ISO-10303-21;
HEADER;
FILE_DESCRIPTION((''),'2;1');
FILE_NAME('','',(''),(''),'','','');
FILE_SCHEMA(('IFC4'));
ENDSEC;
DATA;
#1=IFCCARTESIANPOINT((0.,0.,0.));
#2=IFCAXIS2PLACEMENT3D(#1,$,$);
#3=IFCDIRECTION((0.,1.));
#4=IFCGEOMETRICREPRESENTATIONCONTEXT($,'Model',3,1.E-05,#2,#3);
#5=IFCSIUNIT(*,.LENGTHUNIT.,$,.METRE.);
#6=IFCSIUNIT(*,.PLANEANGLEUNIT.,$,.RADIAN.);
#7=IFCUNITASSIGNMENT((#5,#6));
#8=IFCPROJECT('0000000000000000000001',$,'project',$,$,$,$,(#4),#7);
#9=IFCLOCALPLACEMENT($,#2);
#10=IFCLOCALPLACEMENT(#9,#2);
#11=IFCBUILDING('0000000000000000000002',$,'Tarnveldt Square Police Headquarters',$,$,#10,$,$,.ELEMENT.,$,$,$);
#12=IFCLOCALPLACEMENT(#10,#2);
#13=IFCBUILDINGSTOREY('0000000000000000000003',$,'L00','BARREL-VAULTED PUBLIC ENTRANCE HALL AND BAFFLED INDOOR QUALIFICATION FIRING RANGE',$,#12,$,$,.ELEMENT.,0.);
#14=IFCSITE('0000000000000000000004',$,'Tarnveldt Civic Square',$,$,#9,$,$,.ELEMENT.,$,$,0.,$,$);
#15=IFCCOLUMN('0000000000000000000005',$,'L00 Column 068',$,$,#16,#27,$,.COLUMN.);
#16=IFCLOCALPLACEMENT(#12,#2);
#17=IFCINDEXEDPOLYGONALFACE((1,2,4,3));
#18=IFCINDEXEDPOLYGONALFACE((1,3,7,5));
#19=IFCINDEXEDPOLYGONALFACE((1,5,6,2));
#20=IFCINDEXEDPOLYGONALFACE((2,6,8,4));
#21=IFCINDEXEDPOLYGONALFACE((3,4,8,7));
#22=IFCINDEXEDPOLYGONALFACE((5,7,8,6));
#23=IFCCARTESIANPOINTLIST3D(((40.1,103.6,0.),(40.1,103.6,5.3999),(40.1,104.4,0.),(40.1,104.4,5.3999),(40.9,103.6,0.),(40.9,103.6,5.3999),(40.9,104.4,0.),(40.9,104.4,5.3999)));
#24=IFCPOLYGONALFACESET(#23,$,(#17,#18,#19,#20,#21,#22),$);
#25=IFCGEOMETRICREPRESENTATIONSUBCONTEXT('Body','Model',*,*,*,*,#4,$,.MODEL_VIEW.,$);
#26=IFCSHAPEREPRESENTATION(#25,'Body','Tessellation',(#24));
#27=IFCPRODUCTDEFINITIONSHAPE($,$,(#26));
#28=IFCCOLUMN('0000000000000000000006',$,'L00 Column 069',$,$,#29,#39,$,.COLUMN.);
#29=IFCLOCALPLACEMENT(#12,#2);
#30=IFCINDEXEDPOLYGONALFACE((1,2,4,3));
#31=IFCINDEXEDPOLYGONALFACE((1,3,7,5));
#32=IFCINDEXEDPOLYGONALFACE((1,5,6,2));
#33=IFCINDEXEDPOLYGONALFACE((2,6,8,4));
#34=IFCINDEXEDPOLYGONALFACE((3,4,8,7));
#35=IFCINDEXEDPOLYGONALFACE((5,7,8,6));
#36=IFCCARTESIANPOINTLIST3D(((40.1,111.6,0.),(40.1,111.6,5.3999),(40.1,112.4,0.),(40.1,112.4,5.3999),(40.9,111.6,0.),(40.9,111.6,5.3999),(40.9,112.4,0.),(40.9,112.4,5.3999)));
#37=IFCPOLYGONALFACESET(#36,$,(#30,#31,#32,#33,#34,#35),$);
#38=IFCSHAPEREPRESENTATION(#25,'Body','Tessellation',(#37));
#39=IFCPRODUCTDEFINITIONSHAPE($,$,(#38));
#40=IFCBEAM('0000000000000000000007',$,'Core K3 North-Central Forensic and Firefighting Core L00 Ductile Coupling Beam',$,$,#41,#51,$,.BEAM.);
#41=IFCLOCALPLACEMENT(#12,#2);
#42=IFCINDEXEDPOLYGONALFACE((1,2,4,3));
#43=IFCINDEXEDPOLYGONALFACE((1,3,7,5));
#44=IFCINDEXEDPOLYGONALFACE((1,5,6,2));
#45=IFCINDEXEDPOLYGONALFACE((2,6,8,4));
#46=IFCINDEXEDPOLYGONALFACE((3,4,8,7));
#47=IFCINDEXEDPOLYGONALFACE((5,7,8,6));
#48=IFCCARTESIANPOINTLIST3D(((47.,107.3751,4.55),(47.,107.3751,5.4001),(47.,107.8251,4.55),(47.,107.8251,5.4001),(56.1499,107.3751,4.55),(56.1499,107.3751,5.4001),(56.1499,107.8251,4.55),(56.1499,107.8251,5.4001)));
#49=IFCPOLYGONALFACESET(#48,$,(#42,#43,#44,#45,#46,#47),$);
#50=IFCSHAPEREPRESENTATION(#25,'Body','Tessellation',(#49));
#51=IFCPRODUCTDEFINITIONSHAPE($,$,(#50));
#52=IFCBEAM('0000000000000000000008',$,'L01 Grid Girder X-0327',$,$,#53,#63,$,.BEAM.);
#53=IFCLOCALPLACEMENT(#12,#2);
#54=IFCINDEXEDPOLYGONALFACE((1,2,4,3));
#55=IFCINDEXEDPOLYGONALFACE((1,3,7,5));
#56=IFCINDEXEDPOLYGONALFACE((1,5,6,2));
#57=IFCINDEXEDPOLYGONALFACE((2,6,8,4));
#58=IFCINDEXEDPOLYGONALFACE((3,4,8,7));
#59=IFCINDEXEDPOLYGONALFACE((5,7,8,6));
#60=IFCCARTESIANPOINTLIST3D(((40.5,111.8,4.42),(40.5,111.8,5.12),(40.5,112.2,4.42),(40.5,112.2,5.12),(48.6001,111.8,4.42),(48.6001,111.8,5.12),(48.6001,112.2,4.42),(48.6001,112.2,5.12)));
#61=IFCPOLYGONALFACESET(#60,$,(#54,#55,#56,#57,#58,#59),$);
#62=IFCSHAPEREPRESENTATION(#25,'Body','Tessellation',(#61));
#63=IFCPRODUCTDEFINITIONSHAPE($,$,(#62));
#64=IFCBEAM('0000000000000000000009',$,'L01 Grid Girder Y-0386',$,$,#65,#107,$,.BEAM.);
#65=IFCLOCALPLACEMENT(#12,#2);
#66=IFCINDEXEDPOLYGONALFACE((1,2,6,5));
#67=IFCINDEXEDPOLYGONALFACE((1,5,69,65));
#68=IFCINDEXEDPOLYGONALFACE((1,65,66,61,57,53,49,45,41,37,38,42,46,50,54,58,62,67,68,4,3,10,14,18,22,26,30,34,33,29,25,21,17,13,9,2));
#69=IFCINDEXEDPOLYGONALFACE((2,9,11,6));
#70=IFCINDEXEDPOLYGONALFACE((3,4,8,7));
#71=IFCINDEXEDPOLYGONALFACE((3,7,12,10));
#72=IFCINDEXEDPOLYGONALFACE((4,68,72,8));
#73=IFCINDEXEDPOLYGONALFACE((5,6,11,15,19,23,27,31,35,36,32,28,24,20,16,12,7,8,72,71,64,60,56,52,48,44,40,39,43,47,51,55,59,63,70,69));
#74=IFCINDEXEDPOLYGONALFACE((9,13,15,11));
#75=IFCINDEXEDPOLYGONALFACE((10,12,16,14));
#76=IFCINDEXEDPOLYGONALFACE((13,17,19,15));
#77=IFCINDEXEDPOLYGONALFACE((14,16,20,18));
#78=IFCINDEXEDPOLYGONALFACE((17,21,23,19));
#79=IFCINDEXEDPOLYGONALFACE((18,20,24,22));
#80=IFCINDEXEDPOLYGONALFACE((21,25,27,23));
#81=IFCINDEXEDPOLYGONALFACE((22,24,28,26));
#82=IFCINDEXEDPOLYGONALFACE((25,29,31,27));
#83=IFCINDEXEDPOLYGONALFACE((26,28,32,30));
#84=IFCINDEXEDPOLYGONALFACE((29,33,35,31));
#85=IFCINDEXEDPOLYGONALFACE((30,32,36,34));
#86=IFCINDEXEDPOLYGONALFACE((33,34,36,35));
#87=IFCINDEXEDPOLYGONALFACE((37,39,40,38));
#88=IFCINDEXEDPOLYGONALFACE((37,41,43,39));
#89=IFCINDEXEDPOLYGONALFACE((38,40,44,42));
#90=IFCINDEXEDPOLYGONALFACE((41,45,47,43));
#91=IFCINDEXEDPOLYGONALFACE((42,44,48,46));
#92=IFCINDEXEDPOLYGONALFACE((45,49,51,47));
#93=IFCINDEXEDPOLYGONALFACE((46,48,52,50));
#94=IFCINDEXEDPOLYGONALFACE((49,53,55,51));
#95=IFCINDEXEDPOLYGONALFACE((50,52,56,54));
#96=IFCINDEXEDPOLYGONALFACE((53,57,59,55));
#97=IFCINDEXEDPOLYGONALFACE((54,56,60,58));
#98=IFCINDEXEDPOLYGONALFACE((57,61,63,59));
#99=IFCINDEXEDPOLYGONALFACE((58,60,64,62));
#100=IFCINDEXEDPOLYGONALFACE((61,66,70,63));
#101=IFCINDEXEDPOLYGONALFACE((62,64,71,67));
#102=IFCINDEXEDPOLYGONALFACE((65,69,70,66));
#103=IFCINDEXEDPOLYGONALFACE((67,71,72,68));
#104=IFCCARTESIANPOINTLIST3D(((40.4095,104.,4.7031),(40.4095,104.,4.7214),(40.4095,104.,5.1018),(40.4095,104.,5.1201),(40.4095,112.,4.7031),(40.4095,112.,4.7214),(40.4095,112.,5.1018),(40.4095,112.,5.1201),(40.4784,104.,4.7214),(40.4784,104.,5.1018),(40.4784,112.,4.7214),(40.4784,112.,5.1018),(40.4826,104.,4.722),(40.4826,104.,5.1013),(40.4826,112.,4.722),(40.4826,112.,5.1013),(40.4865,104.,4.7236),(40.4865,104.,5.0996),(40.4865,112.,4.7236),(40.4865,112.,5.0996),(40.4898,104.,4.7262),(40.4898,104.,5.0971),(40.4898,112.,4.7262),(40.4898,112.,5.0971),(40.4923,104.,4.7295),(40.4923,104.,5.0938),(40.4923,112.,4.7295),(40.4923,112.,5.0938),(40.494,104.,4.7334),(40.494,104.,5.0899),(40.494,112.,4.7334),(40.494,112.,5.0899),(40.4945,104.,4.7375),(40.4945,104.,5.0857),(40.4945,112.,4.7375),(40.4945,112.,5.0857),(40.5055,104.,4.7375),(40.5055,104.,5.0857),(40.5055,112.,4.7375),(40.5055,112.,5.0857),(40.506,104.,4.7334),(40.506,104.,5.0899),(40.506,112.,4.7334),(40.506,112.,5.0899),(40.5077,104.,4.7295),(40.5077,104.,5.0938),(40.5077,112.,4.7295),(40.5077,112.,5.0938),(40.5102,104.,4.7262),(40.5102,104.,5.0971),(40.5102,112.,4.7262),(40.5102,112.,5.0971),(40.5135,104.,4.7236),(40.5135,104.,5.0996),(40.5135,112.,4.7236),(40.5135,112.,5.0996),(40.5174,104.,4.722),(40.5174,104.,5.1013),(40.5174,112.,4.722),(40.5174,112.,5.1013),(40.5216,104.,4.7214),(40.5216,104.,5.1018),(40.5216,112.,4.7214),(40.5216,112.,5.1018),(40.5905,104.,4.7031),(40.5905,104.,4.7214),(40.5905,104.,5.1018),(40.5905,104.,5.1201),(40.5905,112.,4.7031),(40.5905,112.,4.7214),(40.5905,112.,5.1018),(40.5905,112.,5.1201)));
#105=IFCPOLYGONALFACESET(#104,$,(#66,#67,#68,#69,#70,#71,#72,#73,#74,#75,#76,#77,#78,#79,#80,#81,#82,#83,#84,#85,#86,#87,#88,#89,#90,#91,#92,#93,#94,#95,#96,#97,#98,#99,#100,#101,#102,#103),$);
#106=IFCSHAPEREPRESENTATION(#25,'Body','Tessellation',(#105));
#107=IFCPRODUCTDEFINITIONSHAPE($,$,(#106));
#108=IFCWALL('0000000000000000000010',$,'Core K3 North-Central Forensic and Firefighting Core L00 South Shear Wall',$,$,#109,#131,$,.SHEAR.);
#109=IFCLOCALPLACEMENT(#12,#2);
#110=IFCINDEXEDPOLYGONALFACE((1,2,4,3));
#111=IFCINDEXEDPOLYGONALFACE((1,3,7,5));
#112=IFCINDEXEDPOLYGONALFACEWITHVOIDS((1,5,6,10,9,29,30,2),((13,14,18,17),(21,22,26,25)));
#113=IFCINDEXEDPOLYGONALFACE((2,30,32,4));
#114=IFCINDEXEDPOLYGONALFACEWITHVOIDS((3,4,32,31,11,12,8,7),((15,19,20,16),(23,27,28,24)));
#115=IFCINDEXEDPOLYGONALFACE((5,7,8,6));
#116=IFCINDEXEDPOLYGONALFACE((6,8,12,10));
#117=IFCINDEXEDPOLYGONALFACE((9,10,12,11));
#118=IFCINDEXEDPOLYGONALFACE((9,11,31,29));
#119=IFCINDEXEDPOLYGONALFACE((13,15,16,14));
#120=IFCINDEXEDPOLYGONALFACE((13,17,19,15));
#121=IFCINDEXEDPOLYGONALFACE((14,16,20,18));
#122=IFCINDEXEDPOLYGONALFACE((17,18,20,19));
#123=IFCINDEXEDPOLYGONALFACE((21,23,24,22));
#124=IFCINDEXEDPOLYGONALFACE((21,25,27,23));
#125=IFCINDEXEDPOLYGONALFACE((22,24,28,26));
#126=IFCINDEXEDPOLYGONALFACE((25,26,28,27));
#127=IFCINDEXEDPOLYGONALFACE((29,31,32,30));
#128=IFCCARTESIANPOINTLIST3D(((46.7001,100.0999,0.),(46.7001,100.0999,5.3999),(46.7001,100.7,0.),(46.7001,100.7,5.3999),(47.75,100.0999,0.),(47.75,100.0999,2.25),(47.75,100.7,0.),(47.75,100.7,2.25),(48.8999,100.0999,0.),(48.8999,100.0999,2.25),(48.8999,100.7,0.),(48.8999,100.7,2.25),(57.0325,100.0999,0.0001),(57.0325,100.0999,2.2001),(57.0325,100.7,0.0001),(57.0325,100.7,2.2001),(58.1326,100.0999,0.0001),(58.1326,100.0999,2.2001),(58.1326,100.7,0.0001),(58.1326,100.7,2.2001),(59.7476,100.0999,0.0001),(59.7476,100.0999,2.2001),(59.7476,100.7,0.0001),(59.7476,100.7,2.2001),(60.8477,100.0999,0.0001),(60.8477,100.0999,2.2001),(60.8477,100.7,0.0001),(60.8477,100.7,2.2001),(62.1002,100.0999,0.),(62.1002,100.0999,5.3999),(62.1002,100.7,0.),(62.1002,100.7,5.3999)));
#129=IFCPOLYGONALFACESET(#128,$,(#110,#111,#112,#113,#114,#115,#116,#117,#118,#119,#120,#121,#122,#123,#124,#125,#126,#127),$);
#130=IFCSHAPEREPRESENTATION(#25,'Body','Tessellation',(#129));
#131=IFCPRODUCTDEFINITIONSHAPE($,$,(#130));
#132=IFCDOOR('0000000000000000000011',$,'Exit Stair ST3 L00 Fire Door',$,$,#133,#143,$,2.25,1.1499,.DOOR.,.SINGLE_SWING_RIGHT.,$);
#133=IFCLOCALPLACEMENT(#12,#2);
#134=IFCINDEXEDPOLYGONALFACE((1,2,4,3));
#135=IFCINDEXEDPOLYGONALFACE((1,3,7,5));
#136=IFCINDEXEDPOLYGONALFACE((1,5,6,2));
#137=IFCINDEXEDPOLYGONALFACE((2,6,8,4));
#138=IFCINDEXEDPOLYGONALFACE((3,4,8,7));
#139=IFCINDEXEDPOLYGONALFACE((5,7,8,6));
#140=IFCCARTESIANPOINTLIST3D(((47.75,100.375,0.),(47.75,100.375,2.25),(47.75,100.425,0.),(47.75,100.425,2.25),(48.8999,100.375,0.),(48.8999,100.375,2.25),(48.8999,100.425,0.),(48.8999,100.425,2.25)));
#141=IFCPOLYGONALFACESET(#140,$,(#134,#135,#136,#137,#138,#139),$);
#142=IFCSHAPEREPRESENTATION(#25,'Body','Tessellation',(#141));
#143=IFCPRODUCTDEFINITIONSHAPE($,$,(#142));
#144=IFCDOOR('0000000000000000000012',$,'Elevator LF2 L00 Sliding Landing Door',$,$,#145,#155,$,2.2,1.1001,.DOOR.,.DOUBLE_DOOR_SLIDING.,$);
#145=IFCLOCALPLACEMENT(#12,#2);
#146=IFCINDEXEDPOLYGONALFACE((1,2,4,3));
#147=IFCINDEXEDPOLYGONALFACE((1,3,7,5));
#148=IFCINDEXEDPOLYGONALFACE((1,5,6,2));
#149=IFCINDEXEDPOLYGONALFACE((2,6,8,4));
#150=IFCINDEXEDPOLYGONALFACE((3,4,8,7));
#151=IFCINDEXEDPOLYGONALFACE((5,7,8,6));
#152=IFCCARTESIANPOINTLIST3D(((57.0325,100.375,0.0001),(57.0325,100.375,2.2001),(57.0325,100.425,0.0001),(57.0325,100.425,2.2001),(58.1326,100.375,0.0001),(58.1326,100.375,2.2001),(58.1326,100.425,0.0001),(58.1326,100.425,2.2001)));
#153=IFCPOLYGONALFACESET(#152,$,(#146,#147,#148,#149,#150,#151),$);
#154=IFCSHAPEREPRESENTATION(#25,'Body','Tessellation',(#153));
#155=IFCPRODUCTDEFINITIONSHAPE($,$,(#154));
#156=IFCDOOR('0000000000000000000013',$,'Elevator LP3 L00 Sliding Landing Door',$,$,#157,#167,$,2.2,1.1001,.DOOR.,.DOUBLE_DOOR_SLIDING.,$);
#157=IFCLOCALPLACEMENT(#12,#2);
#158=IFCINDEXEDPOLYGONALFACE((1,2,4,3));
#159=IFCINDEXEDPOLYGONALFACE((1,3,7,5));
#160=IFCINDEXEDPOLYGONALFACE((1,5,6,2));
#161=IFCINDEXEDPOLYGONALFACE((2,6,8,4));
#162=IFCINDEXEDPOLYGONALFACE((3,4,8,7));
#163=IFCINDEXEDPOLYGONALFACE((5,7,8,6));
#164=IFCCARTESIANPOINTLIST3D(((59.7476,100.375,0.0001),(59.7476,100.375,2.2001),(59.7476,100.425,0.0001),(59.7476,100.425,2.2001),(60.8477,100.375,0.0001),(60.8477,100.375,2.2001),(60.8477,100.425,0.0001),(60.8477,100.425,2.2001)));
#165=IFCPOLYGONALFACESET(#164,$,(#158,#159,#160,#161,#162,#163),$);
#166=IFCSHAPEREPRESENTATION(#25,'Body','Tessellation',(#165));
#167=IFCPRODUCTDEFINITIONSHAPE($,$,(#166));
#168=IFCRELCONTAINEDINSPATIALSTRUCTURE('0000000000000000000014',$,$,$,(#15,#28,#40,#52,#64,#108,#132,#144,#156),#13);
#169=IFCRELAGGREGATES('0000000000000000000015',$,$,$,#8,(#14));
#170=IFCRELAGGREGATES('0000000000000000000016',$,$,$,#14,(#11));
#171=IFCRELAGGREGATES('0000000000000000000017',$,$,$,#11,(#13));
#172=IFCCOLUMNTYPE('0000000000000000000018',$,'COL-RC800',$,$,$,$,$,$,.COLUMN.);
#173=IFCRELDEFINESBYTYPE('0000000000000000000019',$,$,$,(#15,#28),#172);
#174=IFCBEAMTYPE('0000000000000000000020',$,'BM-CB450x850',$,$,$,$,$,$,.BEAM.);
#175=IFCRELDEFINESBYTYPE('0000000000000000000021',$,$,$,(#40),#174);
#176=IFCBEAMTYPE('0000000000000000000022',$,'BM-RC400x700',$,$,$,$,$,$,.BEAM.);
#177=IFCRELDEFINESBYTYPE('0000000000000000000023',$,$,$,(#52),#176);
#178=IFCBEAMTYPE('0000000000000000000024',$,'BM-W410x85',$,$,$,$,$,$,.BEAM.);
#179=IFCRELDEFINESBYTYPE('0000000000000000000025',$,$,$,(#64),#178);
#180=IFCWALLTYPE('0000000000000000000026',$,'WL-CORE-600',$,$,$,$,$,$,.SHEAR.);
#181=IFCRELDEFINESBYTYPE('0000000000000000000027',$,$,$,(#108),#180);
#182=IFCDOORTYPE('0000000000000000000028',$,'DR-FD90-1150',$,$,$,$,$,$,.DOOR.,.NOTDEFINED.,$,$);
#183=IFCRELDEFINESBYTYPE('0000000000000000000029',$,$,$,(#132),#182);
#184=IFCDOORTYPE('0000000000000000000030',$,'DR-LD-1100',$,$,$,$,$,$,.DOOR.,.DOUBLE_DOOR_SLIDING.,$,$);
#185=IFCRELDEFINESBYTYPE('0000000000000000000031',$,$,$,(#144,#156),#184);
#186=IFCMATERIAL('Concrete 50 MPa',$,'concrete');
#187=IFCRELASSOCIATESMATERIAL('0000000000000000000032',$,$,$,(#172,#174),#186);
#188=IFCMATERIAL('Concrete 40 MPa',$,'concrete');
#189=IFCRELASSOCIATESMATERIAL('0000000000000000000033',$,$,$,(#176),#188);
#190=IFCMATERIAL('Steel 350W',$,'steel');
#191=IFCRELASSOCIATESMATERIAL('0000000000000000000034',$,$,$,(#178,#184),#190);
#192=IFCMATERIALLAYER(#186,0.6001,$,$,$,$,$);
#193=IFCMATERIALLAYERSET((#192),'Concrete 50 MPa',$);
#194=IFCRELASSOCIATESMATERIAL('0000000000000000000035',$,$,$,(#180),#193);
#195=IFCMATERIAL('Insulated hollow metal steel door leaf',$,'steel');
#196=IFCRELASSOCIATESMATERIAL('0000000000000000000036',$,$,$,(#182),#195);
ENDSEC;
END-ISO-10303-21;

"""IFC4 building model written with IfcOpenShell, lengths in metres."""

from ifc_helpers import new_model, si_unit, direction, frame, frame_2d, origin, origin_2d, place, context, subcontext, project, spatial, rectangle, i_section, extrude, material, layer, layer_set, material_profile, profile_set, type_object, element, fill, save


model = new_model("IFC4")

# Units and contexts
model_context = context("Model", 3, precision=1e-05, world=origin(), true_north=direction((0.0, 1.0)))
body_context = subcontext(model_context, "Body", "Model", "MODEL_VIEW")
ifc_project = project(units=[si_unit("LENGTHUNIT", "METRE"), si_unit("PLANEANGLEUNIT", "RADIAN")], contexts=[model_context])

# Site, building, storey
site_placement = place(None, origin())
site = spatial("IfcSite", under=ifc_project, at=site_placement, Name="Tarnveldt Civic Square", CompositionType="ELEMENT", RefElevation=0.0)
building_placement = place(site_placement, origin())
building = spatial("IfcBuilding", under=site, at=building_placement, Name="Tarnveldt Square Police Headquarters", CompositionType="ELEMENT")
storey_placement = place(building_placement, origin())
storey = spatial("IfcBuildingStorey", under=building, at=storey_placement, Name="L00", Description="BARREL-VAULTED PUBLIC ENTRANCE HALL AND BAFFLED INDOOR QUALIFICATION FIRING RANGE", CompositionType="ELEMENT", Elevation=0.0)

# Columns
ifc_material_1 = material(Name="Concrete 50 MPa", Category="concrete")
ifc_material_profile_1 = material_profile(ifc_material_1, rectangle(XDim=0.8, YDim=0.8, at=origin_2d()), Name="RC-C800x800")
ifc_profile_set_1 = profile_set([ifc_material_profile_1], Name="Concrete 50 MPa")
column_type = type_object("IfcColumnType", Name="COL-RC800", PredefinedType="COLUMN", material=ifc_profile_set_1)
for number, where, z_axis, x_axis, name in (
    (1, (40.5, 104.0, 0.0), (0.0, 0.0, 1.0), (1.0, 0.0, 0.0), "L00 Column 068"),
    (2, (40.5, 112.0, 0.0), (0.0, 0.0, 1.0), (1.0, 0.0, 0.0), "L00 Column 069"),
):
    element("IfcColumn", number, at=place(storey_placement, frame(where, z_axis=z_axis, x_axis=x_axis)), inside=storey, type_object=column_type, Name=name, PredefinedType="COLUMN", context=body_context, shape_type="SweptSolid", body=[
        extrude(rectangle(XDim=0.8, YDim=0.8, at=origin_2d()), origin(), (0.0, 0.0, 1.0), 5.3999),
    ])

# Beams
ifc_material_profile_2 = material_profile(ifc_material_1, rectangle(XDim=0.45, YDim=0.8501, at=origin_2d()), Name="RC-CB450x850")
ifc_profile_set_2 = profile_set([ifc_material_profile_2], Name="Concrete 50 MPa")
beam_type_1 = type_object("IfcBeamType", Name="BM-CB450x850", PredefinedType="BEAM", material=ifc_profile_set_2)
beam_1_placement = place(storey_placement, frame((47.0, 107.6001, 4.9751), z_axis=(1.0, 0.0, 0.0), x_axis=(0.0, 1.0, 0.0)))
element("IfcBeam", 3, at=beam_1_placement, inside=storey, type_object=beam_type_1, Name="Core K3 North-Central Forensic and Firefighting Core L00 Ductile Coupling Beam", PredefinedType="BEAM", context=body_context, shape_type="SweptSolid", body=[
    extrude(rectangle(XDim=0.45, YDim=0.8501, at=origin_2d()), origin(), (0.0, 0.0, 1.0), 9.1499),
])
ifc_material_2 = material(Name="Concrete 40 MPa", Category="concrete")
ifc_material_profile_3 = material_profile(ifc_material_2, rectangle(XDim=0.3999, YDim=0.7, at=origin_2d()), Name="RC-B400x700")
ifc_profile_set_3 = profile_set([ifc_material_profile_3], Name="Concrete 40 MPa")
beam_type_2 = type_object("IfcBeamType", Name="BM-RC400x700", PredefinedType="BEAM", material=ifc_profile_set_3)
beam_2_placement = place(storey_placement, frame((40.5, 112.0, 4.77), z_axis=(1.0, 0.0, 0.0), x_axis=(0.0, 1.0, 0.0)))
element("IfcBeam", 4, at=beam_2_placement, inside=storey, type_object=beam_type_2, Name="L01 Grid Girder X-0327", PredefinedType="BEAM", context=body_context, shape_type="SweptSolid", body=[
    extrude(rectangle(XDim=0.3999, YDim=0.7, at=origin_2d()), origin(), (0.0, 0.0, 1.0), 8.1001),
])
ifc_material_3 = material(Name="Steel 350W", Category="steel")
ifc_material_profile_4 = material_profile(ifc_material_3, i_section(OverallWidth=0.1809, OverallDepth=0.417, WebThickness=0.011, FlangeThickness=0.0183, FilletRadius=0.0161, at=origin_2d()), Name="W410x85")
ifc_profile_set_4 = profile_set([ifc_material_profile_4], Name="Steel 350W")
beam_type_3 = type_object("IfcBeamType", Name="BM-W410x85", PredefinedType="BEAM", material=ifc_profile_set_4)
beam_3_placement = place(storey_placement, frame((40.5, 104.0, 4.9116), z_axis=(0.0, 1.0, 0.0), x_axis=(-1.0, 0.0, 0.0)))
element("IfcBeam", 5, at=beam_3_placement, inside=storey, type_object=beam_type_3, Name="L01 Grid Girder Y-0386", PredefinedType="BEAM", context=body_context, shape_type="SweptSolid", body=[
    extrude(i_section(OverallWidth=0.1809, OverallDepth=0.417, WebThickness=0.011, FlangeThickness=0.0183, FilletRadius=0.0161, at=origin_2d()), origin(), (0.0, 0.0, 1.0), 8.0),
])

# Wall, openings, doors
ifc_layer_1 = layer(ifc_material_1, 0.6001)
ifc_layer_set_1 = layer_set([ifc_layer_1], Name="Concrete 50 MPa")
wall_type_1 = type_object("IfcWallType", Name="WL-CORE-600", PredefinedType="SHEAR", material=ifc_layer_set_1)
wall_1_placement = place(storey_placement, frame((46.7, 100.3999, 0.0), z_axis=(0.0, 0.0, 1.0), x_axis=(1.0, 0.0, 0.0)))
wall_1 = element("IfcWall", 6, at=wall_1_placement, inside=storey, type_object=wall_type_1, Name="Core K3 North-Central Forensic and Firefighting Core L00 South Shear Wall", PredefinedType="SHEAR", context=body_context, shape_type="SweptSolid", body=[
    extrude(rectangle(XDim=15.4001, YDim=0.6001, at=frame_2d((7.7002, 0.0))), origin(), (0.0, 0.0, 1.0), 5.3999),
])
opening_1_placement = place(wall_1_placement, frame((1.05, 0.0, 0.0)))
opening_1 = element("IfcOpeningElement", 7, at=opening_1_placement, cuts=wall_1, PredefinedType="OPENING", context=body_context, shape_type="SweptSolid", body=[
    extrude(rectangle(XDim=1.1499, YDim=2.25, at=frame_2d((0.575, 1.125))), frame((0.0, 0.3101, 0.0), z_axis=(0.0, -1.0, 0.0), x_axis=(1.0, 0.0, 0.0)), (0.0, 0.0, 1.0), 0.6201),
])
opening_2_placement = place(wall_1_placement, frame((10.3325, 0.0, 0.0)))
opening_2 = element("IfcOpeningElement", 8, at=opening_2_placement, cuts=wall_1, PredefinedType="OPENING", context=body_context, shape_type="SweptSolid", body=[
    extrude(rectangle(XDim=1.1001, YDim=2.2, at=frame_2d((0.55, 1.1001))), frame((0.0, 0.3101, 0.0), z_axis=(0.0, -1.0, 0.0), x_axis=(1.0, 0.0, 0.0)), (0.0, 0.0, 1.0), 0.6201),
])
opening_3_placement = place(wall_1_placement, frame((13.0476, 0.0, 0.0)))
opening_3 = element("IfcOpeningElement", 9, at=opening_3_placement, cuts=wall_1, PredefinedType="OPENING", context=body_context, shape_type="SweptSolid", body=[
    extrude(rectangle(XDim=1.1001, YDim=2.2, at=frame_2d((0.55, 1.1001))), frame((0.0, 0.3101, 0.0), z_axis=(0.0, -1.0, 0.0), x_axis=(1.0, 0.0, 0.0)), (0.0, 0.0, 1.0), 0.6201),
])
ifc_material_4 = material(Name="Insulated hollow metal steel door leaf", Category="steel")
door_type_1 = type_object("IfcDoorType", Name="DR-FD90-1150", OperationType="NOTDEFINED", PredefinedType="DOOR", material=ifc_material_4)
door_1_placement = place(opening_1_placement, frame((1.1499, 0.0, 0.0), z_axis=(0.0, 0.0, 1.0), x_axis=(-1.0, 0.0, 0.0)))
door_1 = element("IfcDoor", 10, at=door_1_placement, inside=storey, type_object=door_type_1, Name="Exit Stair ST3 L00 Fire Door", OperationType="SINGLE_SWING_RIGHT", OverallHeight=2.25, OverallWidth=1.1499, PredefinedType="DOOR", context=body_context, shape_type="SweptSolid", body=[
    extrude(rectangle(XDim=1.1499, YDim=2.25, at=frame_2d((0.575, 1.125))), frame((0.0, 0.0249, 0.0), z_axis=(0.0, -1.0, 0.0), x_axis=(1.0, 0.0, 0.0)), (0.0, 0.0, 1.0), 0.05),
])
fill(opening_1, door_1)
door_type_2 = type_object("IfcDoorType", Name="DR-LD-1100", OperationType="DOUBLE_DOOR_SLIDING", PredefinedType="DOOR", material=ifc_material_3)
door_2_placement = place(opening_2_placement, frame((1.1001, 0.0, 0.0), z_axis=(0.0, 0.0, 1.0), x_axis=(-1.0, 0.0, 0.0)))
door_2 = element("IfcDoor", 11, at=door_2_placement, inside=storey, type_object=door_type_2, Name="Elevator LF2 L00 Sliding Landing Door", OperationType="DOUBLE_DOOR_SLIDING", OverallHeight=2.2, OverallWidth=1.1001, PredefinedType="DOOR", context=body_context, shape_type="SweptSolid", body=[
    extrude(rectangle(XDim=1.1001, YDim=2.2, at=frame_2d((0.55, 1.1001))), frame((0.0, 0.0249, 0.0), z_axis=(0.0, -1.0, 0.0), x_axis=(1.0, 0.0, 0.0)), (0.0, 0.0, 1.0), 0.05),
])
fill(opening_2, door_2)
door_3_placement = place(opening_3_placement, frame((1.1001, 0.0, 0.0), z_axis=(0.0, 0.0, 1.0), x_axis=(-1.0, 0.0, 0.0)))
door_3 = element("IfcDoor", 12, at=door_3_placement, inside=storey, type_object=door_type_2, Name="Elevator LP3 L00 Sliding Landing Door", OperationType="DOUBLE_DOOR_SLIDING", OverallHeight=2.2, OverallWidth=1.1001, PredefinedType="DOOR", context=body_context, shape_type="SweptSolid", body=[
    extrude(rectangle(XDim=1.1001, YDim=2.2, at=frame_2d((0.55, 1.1001))), frame((0.0, 0.0249, 0.0), z_axis=(0.0, -1.0, 0.0), x_axis=(1.0, 0.0, 0.0)), (0.0, 0.0, 1.0), 0.05),
])
fill(opening_3, door_3)

save(model, "model.ifc")
